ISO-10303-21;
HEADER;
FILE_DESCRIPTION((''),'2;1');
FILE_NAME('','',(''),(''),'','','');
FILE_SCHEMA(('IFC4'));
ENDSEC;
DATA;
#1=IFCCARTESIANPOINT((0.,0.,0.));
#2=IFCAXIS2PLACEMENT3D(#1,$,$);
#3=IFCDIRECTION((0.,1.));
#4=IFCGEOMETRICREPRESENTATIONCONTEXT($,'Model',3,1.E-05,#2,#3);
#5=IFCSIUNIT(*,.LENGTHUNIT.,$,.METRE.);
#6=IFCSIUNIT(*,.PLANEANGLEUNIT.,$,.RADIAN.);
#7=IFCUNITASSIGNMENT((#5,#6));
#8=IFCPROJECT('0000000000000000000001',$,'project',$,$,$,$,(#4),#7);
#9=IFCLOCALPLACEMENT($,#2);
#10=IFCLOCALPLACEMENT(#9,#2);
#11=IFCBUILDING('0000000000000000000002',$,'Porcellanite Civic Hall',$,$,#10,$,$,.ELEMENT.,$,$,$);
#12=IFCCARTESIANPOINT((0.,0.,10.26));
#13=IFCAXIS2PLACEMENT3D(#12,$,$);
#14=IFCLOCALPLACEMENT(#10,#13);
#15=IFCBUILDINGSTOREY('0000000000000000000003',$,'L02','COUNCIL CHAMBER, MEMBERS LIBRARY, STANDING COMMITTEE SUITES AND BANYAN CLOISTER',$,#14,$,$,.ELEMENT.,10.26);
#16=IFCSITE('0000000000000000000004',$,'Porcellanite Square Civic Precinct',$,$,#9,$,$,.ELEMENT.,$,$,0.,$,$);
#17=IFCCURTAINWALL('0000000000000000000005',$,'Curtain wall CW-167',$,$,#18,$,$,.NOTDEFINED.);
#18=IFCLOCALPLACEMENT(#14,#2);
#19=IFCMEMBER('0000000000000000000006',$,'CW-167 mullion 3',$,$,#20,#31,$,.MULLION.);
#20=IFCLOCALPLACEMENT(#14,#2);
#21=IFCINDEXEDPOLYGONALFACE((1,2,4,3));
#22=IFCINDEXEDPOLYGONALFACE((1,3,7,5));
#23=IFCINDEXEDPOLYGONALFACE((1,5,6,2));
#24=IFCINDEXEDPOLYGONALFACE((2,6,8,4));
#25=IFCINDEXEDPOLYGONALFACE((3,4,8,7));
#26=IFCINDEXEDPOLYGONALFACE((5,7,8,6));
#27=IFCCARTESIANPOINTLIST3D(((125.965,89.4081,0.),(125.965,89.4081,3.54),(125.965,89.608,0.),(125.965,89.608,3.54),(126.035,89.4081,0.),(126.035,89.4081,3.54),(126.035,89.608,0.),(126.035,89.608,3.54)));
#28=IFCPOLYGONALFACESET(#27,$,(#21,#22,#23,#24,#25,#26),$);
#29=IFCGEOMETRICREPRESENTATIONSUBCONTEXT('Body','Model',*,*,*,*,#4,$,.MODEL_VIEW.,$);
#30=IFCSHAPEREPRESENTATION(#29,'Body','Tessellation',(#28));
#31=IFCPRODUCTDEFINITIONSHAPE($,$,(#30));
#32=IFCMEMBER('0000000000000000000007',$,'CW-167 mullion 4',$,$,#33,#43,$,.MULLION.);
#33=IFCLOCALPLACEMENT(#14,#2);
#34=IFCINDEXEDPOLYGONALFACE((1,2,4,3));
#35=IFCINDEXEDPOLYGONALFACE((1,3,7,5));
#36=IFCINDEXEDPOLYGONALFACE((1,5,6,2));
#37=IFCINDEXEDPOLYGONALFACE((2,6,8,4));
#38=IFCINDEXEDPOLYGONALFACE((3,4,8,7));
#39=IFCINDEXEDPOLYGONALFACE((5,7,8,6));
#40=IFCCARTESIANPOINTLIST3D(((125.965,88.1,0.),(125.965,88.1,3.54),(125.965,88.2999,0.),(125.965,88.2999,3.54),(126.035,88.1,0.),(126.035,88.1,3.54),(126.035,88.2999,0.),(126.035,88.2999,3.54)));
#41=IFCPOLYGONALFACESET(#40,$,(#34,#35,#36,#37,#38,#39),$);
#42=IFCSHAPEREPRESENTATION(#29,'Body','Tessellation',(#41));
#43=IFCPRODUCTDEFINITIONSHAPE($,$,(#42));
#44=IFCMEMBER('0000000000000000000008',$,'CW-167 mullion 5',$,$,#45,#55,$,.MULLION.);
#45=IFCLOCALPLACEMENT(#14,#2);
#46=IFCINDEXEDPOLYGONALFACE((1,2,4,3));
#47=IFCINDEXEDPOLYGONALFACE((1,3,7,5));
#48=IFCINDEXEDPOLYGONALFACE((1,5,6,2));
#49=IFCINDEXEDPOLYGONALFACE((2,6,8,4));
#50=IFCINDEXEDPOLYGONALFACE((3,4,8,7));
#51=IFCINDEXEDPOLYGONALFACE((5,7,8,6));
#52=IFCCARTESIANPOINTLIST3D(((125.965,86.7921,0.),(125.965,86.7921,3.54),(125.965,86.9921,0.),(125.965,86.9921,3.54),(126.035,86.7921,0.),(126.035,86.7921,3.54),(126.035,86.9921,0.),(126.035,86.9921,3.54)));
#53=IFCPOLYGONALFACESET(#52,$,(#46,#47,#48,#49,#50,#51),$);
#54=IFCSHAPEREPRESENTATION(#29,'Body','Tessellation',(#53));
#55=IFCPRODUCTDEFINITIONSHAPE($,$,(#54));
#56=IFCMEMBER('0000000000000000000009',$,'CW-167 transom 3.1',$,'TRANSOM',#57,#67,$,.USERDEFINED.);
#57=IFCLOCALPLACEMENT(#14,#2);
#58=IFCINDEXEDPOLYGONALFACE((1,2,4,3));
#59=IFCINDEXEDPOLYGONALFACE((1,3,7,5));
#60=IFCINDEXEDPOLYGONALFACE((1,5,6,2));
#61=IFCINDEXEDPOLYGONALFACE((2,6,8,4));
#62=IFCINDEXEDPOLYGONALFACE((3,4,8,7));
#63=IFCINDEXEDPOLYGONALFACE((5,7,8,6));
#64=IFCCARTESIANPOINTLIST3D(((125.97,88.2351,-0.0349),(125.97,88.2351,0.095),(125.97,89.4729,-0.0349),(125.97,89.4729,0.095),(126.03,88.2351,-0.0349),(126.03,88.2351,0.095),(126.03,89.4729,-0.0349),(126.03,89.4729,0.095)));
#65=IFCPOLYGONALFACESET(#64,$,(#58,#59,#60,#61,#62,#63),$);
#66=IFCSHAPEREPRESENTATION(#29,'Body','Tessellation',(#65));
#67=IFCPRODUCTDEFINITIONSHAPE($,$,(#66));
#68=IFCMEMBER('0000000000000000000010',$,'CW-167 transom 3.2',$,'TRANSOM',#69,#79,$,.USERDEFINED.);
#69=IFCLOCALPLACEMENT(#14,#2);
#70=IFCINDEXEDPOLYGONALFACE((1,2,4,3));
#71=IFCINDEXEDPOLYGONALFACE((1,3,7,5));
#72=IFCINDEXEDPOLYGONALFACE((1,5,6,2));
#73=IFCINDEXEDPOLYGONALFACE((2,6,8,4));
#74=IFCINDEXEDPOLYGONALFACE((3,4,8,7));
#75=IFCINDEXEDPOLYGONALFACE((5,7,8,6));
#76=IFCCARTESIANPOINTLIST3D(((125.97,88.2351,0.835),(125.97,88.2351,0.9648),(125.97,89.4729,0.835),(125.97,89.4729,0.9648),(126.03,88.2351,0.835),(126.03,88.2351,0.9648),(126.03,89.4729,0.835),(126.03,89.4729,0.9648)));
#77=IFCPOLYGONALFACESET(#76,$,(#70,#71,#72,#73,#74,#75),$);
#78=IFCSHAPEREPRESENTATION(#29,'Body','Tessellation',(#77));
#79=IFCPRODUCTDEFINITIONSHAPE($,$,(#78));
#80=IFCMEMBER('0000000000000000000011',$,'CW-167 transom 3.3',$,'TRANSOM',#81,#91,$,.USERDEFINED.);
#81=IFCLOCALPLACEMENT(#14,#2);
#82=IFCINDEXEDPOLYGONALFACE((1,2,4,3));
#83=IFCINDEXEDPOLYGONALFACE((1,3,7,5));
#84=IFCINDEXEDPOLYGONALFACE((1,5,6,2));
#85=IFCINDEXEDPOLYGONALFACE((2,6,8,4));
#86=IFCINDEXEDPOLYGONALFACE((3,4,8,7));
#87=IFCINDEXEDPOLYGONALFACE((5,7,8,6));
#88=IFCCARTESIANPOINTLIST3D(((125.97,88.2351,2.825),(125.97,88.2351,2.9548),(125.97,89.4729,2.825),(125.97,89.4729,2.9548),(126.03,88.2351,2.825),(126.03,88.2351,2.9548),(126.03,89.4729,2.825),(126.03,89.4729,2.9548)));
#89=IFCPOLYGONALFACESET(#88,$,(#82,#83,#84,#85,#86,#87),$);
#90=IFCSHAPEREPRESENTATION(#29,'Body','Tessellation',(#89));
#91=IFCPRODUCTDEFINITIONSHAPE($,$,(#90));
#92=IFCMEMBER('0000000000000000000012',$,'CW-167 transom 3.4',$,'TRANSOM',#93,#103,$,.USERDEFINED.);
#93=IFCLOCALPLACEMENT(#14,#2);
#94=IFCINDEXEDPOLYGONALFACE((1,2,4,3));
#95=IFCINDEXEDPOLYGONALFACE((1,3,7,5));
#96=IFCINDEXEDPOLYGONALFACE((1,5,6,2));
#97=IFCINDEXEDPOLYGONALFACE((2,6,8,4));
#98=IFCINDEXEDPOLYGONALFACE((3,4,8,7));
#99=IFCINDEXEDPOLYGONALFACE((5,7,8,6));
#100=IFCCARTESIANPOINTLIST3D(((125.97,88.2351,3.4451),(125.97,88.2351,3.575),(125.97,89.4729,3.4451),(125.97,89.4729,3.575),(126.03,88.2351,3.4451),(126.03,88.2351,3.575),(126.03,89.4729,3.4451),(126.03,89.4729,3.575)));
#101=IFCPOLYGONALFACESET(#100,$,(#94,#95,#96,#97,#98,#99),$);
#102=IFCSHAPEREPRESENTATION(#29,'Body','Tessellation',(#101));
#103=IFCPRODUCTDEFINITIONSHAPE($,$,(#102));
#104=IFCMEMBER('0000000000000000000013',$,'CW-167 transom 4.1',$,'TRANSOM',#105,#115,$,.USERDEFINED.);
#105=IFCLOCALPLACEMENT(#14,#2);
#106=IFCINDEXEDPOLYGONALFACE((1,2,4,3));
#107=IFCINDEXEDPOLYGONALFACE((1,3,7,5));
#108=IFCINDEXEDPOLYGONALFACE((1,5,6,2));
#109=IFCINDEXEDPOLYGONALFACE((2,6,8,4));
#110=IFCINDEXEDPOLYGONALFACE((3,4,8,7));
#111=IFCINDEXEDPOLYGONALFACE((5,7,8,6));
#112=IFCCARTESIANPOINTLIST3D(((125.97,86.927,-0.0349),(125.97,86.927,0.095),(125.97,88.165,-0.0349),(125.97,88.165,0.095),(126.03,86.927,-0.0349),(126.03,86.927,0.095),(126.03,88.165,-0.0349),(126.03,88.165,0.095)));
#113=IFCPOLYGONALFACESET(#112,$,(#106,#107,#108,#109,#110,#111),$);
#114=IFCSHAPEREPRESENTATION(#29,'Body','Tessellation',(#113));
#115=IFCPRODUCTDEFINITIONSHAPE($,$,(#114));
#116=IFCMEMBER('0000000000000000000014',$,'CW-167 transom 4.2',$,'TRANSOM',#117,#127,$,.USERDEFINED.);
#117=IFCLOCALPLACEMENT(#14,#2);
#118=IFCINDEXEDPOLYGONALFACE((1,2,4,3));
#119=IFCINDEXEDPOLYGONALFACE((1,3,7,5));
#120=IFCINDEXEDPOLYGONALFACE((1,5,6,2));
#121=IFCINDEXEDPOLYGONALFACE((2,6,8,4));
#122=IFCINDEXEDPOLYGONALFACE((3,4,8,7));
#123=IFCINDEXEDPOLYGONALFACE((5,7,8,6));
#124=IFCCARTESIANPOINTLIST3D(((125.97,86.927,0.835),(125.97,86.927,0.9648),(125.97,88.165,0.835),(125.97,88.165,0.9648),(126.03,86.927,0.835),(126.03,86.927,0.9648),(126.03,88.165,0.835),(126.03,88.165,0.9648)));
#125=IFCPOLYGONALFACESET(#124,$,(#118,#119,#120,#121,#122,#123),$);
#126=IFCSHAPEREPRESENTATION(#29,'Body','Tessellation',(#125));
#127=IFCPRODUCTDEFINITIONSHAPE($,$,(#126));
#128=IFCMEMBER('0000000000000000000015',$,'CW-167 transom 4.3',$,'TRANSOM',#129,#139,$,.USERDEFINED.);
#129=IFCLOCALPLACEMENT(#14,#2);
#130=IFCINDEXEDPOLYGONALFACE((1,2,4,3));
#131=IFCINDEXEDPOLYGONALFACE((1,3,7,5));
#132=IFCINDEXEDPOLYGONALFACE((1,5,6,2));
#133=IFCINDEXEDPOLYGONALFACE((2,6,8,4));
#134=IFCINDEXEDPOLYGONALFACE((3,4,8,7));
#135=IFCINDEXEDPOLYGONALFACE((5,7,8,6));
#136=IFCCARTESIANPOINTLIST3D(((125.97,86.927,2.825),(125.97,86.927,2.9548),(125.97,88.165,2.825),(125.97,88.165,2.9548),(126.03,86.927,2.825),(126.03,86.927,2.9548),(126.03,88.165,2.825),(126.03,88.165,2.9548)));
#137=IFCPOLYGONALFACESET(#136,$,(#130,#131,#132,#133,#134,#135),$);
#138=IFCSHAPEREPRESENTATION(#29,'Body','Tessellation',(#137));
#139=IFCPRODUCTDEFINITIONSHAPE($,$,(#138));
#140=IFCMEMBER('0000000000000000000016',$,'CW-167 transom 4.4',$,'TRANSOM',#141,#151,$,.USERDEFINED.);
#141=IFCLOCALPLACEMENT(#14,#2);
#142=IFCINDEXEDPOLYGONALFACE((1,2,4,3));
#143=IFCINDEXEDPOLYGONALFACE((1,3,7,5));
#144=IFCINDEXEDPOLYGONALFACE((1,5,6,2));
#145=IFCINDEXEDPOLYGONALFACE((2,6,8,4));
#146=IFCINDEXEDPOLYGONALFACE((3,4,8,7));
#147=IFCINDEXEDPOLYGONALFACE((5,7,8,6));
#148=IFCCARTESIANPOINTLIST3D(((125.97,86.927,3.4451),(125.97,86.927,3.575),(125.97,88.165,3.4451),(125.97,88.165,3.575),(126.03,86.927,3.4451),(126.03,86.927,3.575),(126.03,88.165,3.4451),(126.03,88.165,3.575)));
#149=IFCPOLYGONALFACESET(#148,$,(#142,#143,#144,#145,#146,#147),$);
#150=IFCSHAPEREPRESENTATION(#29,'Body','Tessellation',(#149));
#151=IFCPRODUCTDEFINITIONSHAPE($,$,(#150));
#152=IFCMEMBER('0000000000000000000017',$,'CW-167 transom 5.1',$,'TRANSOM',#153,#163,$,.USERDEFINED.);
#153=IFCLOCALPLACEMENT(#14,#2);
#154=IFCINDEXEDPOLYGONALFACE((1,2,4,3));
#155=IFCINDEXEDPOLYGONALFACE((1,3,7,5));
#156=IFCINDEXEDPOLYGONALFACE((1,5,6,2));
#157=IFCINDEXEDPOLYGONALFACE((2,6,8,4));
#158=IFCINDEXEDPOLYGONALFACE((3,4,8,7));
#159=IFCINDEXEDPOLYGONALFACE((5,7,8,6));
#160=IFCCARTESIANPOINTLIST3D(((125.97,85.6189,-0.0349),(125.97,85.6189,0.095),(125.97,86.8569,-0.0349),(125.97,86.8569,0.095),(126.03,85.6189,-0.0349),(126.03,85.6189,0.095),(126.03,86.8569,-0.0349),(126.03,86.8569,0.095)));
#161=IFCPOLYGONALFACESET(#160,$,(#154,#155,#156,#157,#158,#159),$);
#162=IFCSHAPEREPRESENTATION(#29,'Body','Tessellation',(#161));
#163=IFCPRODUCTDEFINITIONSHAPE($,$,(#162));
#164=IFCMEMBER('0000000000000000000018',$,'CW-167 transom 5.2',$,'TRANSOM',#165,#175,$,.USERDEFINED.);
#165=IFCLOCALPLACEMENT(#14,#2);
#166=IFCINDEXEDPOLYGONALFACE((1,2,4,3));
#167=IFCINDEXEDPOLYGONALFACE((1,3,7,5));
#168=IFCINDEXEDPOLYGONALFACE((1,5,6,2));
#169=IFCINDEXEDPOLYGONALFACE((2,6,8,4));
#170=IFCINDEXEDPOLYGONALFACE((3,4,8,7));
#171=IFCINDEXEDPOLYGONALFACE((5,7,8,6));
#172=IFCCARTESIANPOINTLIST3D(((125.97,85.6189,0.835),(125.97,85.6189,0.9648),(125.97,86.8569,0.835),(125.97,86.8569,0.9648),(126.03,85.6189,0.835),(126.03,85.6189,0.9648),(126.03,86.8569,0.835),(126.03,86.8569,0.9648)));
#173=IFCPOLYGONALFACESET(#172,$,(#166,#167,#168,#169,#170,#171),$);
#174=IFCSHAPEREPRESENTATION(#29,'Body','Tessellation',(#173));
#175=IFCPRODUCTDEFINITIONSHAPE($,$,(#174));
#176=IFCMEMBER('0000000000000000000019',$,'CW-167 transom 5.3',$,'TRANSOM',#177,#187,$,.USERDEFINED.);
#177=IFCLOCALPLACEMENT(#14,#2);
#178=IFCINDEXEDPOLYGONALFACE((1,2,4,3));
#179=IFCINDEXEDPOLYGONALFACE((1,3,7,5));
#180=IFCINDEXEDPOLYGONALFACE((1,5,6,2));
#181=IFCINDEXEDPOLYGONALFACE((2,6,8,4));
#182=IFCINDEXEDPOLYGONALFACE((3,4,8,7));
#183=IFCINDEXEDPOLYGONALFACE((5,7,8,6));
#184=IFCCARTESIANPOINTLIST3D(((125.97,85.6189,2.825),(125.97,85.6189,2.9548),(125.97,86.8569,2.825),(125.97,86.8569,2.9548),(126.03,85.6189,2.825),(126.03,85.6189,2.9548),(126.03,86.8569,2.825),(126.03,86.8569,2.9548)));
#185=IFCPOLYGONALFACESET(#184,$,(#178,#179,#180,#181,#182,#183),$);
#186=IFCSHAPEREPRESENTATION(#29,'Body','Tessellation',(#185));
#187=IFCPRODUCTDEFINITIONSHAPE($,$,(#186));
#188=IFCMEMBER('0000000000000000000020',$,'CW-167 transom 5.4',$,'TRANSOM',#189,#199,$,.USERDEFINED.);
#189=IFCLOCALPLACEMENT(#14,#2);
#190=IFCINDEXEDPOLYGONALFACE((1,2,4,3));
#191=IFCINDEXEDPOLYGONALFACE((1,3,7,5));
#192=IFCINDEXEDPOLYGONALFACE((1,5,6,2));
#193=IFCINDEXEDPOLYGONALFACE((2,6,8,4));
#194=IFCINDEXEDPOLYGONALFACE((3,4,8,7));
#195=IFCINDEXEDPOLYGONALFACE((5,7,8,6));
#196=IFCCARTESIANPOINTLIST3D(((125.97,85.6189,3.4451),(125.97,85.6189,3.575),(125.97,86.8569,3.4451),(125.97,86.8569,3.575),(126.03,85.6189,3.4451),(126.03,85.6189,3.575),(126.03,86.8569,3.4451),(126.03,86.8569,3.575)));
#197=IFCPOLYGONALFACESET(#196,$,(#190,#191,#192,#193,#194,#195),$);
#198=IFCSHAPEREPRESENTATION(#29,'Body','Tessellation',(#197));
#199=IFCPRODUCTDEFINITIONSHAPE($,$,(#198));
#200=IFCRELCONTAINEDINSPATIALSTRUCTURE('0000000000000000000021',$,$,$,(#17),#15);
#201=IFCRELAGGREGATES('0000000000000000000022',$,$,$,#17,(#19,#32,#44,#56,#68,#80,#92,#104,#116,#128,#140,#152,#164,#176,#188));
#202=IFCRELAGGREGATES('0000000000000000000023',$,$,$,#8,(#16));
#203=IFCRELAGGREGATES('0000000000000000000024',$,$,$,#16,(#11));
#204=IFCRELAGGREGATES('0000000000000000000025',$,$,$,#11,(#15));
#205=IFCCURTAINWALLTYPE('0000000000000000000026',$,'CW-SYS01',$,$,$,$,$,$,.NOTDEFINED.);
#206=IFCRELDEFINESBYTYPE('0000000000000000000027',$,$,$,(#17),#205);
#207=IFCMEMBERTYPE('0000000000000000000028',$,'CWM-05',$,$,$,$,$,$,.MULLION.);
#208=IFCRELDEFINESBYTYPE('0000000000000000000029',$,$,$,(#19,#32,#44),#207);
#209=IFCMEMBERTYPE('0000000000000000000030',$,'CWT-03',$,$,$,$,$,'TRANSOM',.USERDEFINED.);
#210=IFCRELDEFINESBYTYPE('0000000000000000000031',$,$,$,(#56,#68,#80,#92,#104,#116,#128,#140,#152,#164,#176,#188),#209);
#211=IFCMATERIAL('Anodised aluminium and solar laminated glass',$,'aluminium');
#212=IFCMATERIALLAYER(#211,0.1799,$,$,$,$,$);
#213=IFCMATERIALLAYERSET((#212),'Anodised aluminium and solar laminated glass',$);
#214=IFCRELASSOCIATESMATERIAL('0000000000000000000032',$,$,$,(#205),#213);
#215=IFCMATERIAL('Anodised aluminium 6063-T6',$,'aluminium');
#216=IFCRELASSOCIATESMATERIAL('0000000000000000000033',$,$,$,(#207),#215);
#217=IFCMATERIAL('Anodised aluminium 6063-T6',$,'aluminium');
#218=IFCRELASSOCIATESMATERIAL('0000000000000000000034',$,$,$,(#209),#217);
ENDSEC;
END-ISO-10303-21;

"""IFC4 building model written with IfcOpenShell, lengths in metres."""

from ifc_helpers import new_model, si_unit, direction, frame, origin, origin_2d, place, context, subcontext, project, spatial, rectangle, extrude, material, layer, layer_set, material_profile, profile_set, type_object, element, aggregate, save


model = new_model("IFC4")

# Units and contexts
model_context = context("Model", 3, precision=1e-05, world=origin(), true_north=direction((0.0, 1.0)))
body_context = subcontext(model_context, "Body", "Model", "MODEL_VIEW")
ifc_project = project(units=[si_unit("LENGTHUNIT", "METRE"), si_unit("PLANEANGLEUNIT", "RADIAN")], contexts=[model_context])

# Site, building, storey
site_placement = place(None, origin())
site = spatial("IfcSite", under=ifc_project, at=site_placement, Name="Porcellanite Square Civic Precinct", CompositionType="ELEMENT", RefElevation=0.0)
building_placement = place(site_placement, origin())
building = spatial("IfcBuilding", under=site, at=building_placement, Name="Porcellanite Civic Hall", CompositionType="ELEMENT")
storey_placement = place(building_placement, frame((0.0, 0.0, 10.26)))
storey = spatial("IfcBuildingStorey", under=building, at=storey_placement, Name="L02", Description="COUNCIL CHAMBER, MEMBERS LIBRARY, STANDING COMMITTEE SUITES AND BANYAN CLOISTER", CompositionType="ELEMENT", Elevation=10.26)

# Curtain wall, members
ifc_material_1 = material(Name="Anodised aluminium and solar laminated glass", Category="aluminium")
ifc_layer_1 = layer(ifc_material_1, 0.1799)
ifc_layer_set_1 = layer_set([ifc_layer_1], Name="Anodised aluminium and solar laminated glass")
curtain_wall_type = type_object("IfcCurtainWallType", Name="CW-SYS01", PredefinedType="NOTDEFINED", material=ifc_layer_set_1)
curtain_wall_placement = place(storey_placement, origin())
curtain_wall = element("IfcCurtainWall", 1, at=curtain_wall_placement, inside=storey, type_object=curtain_wall_type, Name="Curtain wall CW-167", PredefinedType="NOTDEFINED")
ifc_material_2 = material(Name="Anodised aluminium 6063-T6", Category="aluminium")
ifc_material_profile_1 = material_profile(ifc_material_2, rectangle(XDim=0.0701, YDim=0.2, at=origin_2d()), Name="AL-70x200")
ifc_profile_set_1 = profile_set([ifc_material_profile_1], Name="Anodised aluminium 6063-T6")
member_type_1 = type_object("IfcMemberType", Name="CWM-05", PredefinedType="MULLION", material=ifc_profile_set_1)
member_1_placement = place(storey_placement, frame((126.0, 89.5081, 0.0), z_axis=(0.0, 0.0, 1.0), x_axis=(1.0, 0.0, 0.0)))
member_1 = element("IfcMember", 2, at=member_1_placement, type_object=member_type_1, Name="CW-167 mullion 3", PredefinedType="MULLION", context=body_context, shape_type="SweptSolid", body=[
    extrude(rectangle(XDim=0.0701, YDim=0.2, at=origin_2d()), origin(), (0.0, 0.0, 1.0), 3.54),
])
member_2_placement = place(storey_placement, frame((126.0, 88.2, 0.0), z_axis=(0.0, 0.0, 1.0), x_axis=(1.0, 0.0, 0.0)))
member_2 = element("IfcMember", 3, at=member_2_placement, type_object=member_type_1, Name="CW-167 mullion 4", PredefinedType="MULLION", context=body_context, shape_type="SweptSolid", body=[
    extrude(rectangle(XDim=0.0701, YDim=0.2, at=origin_2d()), origin(), (0.0, 0.0, 1.0), 3.54),
])
member_3_placement = place(storey_placement, frame((126.0, 86.8921, 0.0), z_axis=(0.0, 0.0, 1.0), x_axis=(1.0, 0.0, 0.0)))
member_3 = element("IfcMember", 4, at=member_3_placement, type_object=member_type_1, Name="CW-167 mullion 5", PredefinedType="MULLION", context=body_context, shape_type="SweptSolid", body=[
    extrude(rectangle(XDim=0.0701, YDim=0.2, at=origin_2d()), origin(), (0.0, 0.0, 1.0), 3.54),
])
ifc_material_3 = material(Name="Anodised aluminium 6063-T6", Category="aluminium")
ifc_material_profile_2 = material_profile(ifc_material_3, rectangle(XDim=0.0601, YDim=0.1299, at=origin_2d()), Name="AL-60x130")
ifc_profile_set_2 = profile_set([ifc_material_profile_2], Name="Anodised aluminium 6063-T6")
member_type_2 = type_object("IfcMemberType", Name="CWT-03", ElementType="TRANSOM", PredefinedType="USERDEFINED", material=ifc_profile_set_2)
member_4_placement = place(storey_placement, frame((126.0, 89.4729, 0.03), z_axis=(0.0, -1.0, 0.0), x_axis=(1.0, 0.0, 0.0)))
member_4 = element("IfcMember", 5, at=member_4_placement, type_object=member_type_2, Name="CW-167 transom 3.1", ObjectType="TRANSOM", PredefinedType="USERDEFINED", context=body_context, shape_type="SweptSolid", body=[
    extrude(rectangle(XDim=0.0601, YDim=0.1299, at=origin_2d()), origin(), (0.0, 0.0, 1.0), 1.2378),
])
member_5_placement = place(storey_placement, frame((126.0, 89.4729, 0.8999), z_axis=(0.0, -1.0, 0.0), x_axis=(1.0, 0.0, 0.0)))
member_5 = element("IfcMember", 6, at=member_5_placement, type_object=member_type_2, Name="CW-167 transom 3.2", ObjectType="TRANSOM", PredefinedType="USERDEFINED", context=body_context, shape_type="SweptSolid", body=[
    extrude(rectangle(XDim=0.0601, YDim=0.1299, at=origin_2d()), origin(), (0.0, 0.0, 1.0), 1.2378),
])
member_6_placement = place(storey_placement, frame((126.0, 89.4729, 2.8899), z_axis=(0.0, -1.0, 0.0), x_axis=(1.0, 0.0, 0.0)))
member_6 = element("IfcMember", 7, at=member_6_placement, type_object=member_type_2, Name="CW-167 transom 3.3", ObjectType="TRANSOM", PredefinedType="USERDEFINED", context=body_context, shape_type="SweptSolid", body=[
    extrude(rectangle(XDim=0.0601, YDim=0.1299, at=origin_2d()), origin(), (0.0, 0.0, 1.0), 1.2378),
])
member_7_placement = place(storey_placement, frame((126.0, 89.4729, 3.51), z_axis=(0.0, -1.0, 0.0), x_axis=(1.0, 0.0, 0.0)))
member_7 = element("IfcMember", 8, at=member_7_placement, type_object=member_type_2, Name="CW-167 transom 3.4", ObjectType="TRANSOM", PredefinedType="USERDEFINED", context=body_context, shape_type="SweptSolid", body=[
    extrude(rectangle(XDim=0.0601, YDim=0.1299, at=origin_2d()), origin(), (0.0, 0.0, 1.0), 1.2378),
])
member_8_placement = place(storey_placement, frame((126.0, 88.165, 0.03), z_axis=(0.0, -1.0, 0.0), x_axis=(1.0, 0.0, 0.0)))
member_8 = element("IfcMember", 9, at=member_8_placement, type_object=member_type_2, Name="CW-167 transom 4.1", ObjectType="TRANSOM", PredefinedType="USERDEFINED", context=body_context, shape_type="SweptSolid", body=[
    extrude(rectangle(XDim=0.0601, YDim=0.1299, at=origin_2d()), origin(), (0.0, 0.0, 1.0), 1.238),
])
member_9_placement = place(storey_placement, frame((126.0, 88.165, 0.8999), z_axis=(0.0, -1.0, 0.0), x_axis=(1.0, 0.0, 0.0)))
member_9 = element("IfcMember", 10, at=member_9_placement, type_object=member_type_2, Name="CW-167 transom 4.2", ObjectType="TRANSOM", PredefinedType="USERDEFINED", context=body_context, shape_type="SweptSolid", body=[
    extrude(rectangle(XDim=0.0601, YDim=0.1299, at=origin_2d()), origin(), (0.0, 0.0, 1.0), 1.238),
])
member_10_placement = place(storey_placement, frame((126.0, 88.165, 2.8899), z_axis=(0.0, -1.0, 0.0), x_axis=(1.0, 0.0, 0.0)))
member_10 = element("IfcMember", 11, at=member_10_placement, type_object=member_type_2, Name="CW-167 transom 4.3", ObjectType="TRANSOM", PredefinedType="USERDEFINED", context=body_context, shape_type="SweptSolid", body=[
    extrude(rectangle(XDim=0.0601, YDim=0.1299, at=origin_2d()), origin(), (0.0, 0.0, 1.0), 1.238),
])
member_11_placement = place(storey_placement, frame((126.0, 88.165, 3.51), z_axis=(0.0, -1.0, 0.0), x_axis=(1.0, 0.0, 0.0)))
member_11 = element("IfcMember", 12, at=member_11_placement, type_object=member_type_2, Name="CW-167 transom 4.4", ObjectType="TRANSOM", PredefinedType="USERDEFINED", context=body_context, shape_type="SweptSolid", body=[
    extrude(rectangle(XDim=0.0601, YDim=0.1299, at=origin_2d()), origin(), (0.0, 0.0, 1.0), 1.238),
])
member_12_placement = place(storey_placement, frame((126.0, 86.8569, 0.03), z_axis=(0.0, -1.0, 0.0), x_axis=(1.0, 0.0, 0.0)))
member_12 = element("IfcMember", 13, at=member_12_placement, type_object=member_type_2, Name="CW-167 transom 5.1", ObjectType="TRANSOM", PredefinedType="USERDEFINED", context=body_context, shape_type="SweptSolid", body=[
    extrude(rectangle(XDim=0.0601, YDim=0.1299, at=origin_2d()), origin(), (0.0, 0.0, 1.0), 1.238),
])
member_13_placement = place(storey_placement, frame((126.0, 86.8569, 0.8999), z_axis=(0.0, -1.0, 0.0), x_axis=(1.0, 0.0, 0.0)))
member_13 = element("IfcMember", 14, at=member_13_placement, type_object=member_type_2, Name="CW-167 transom 5.2", ObjectType="TRANSOM", PredefinedType="USERDEFINED", context=body_context, shape_type="SweptSolid", body=[
    extrude(rectangle(XDim=0.0601, YDim=0.1299, at=origin_2d()), origin(), (0.0, 0.0, 1.0), 1.238),
])
member_14_placement = place(storey_placement, frame((126.0, 86.8569, 2.8899), z_axis=(0.0, -1.0, 0.0), x_axis=(1.0, 0.0, 0.0)))
member_14 = element("IfcMember", 15, at=member_14_placement, type_object=member_type_2, Name="CW-167 transom 5.3", ObjectType="TRANSOM", PredefinedType="USERDEFINED", context=body_context, shape_type="SweptSolid", body=[
    extrude(rectangle(XDim=0.0601, YDim=0.1299, at=origin_2d()), origin(), (0.0, 0.0, 1.0), 1.238),
])
member_15_placement = place(storey_placement, frame((126.0, 86.8569, 3.51), z_axis=(0.0, -1.0, 0.0), x_axis=(1.0, 0.0, 0.0)))
member_15 = element("IfcMember", 16, at=member_15_placement, type_object=member_type_2, Name="CW-167 transom 5.4", ObjectType="TRANSOM", PredefinedType="USERDEFINED", context=body_context, shape_type="SweptSolid", body=[
    extrude(rectangle(XDim=0.0601, YDim=0.1299, at=origin_2d()), origin(), (0.0, 0.0, 1.0), 1.238),
])

aggregate(curtain_wall, [member_1, member_2, member_3, member_4, member_5, member_6, member_7, member_8, member_9, member_10, member_11, member_12, member_13, member_14, member_15])

save(model, "model.ifc")
